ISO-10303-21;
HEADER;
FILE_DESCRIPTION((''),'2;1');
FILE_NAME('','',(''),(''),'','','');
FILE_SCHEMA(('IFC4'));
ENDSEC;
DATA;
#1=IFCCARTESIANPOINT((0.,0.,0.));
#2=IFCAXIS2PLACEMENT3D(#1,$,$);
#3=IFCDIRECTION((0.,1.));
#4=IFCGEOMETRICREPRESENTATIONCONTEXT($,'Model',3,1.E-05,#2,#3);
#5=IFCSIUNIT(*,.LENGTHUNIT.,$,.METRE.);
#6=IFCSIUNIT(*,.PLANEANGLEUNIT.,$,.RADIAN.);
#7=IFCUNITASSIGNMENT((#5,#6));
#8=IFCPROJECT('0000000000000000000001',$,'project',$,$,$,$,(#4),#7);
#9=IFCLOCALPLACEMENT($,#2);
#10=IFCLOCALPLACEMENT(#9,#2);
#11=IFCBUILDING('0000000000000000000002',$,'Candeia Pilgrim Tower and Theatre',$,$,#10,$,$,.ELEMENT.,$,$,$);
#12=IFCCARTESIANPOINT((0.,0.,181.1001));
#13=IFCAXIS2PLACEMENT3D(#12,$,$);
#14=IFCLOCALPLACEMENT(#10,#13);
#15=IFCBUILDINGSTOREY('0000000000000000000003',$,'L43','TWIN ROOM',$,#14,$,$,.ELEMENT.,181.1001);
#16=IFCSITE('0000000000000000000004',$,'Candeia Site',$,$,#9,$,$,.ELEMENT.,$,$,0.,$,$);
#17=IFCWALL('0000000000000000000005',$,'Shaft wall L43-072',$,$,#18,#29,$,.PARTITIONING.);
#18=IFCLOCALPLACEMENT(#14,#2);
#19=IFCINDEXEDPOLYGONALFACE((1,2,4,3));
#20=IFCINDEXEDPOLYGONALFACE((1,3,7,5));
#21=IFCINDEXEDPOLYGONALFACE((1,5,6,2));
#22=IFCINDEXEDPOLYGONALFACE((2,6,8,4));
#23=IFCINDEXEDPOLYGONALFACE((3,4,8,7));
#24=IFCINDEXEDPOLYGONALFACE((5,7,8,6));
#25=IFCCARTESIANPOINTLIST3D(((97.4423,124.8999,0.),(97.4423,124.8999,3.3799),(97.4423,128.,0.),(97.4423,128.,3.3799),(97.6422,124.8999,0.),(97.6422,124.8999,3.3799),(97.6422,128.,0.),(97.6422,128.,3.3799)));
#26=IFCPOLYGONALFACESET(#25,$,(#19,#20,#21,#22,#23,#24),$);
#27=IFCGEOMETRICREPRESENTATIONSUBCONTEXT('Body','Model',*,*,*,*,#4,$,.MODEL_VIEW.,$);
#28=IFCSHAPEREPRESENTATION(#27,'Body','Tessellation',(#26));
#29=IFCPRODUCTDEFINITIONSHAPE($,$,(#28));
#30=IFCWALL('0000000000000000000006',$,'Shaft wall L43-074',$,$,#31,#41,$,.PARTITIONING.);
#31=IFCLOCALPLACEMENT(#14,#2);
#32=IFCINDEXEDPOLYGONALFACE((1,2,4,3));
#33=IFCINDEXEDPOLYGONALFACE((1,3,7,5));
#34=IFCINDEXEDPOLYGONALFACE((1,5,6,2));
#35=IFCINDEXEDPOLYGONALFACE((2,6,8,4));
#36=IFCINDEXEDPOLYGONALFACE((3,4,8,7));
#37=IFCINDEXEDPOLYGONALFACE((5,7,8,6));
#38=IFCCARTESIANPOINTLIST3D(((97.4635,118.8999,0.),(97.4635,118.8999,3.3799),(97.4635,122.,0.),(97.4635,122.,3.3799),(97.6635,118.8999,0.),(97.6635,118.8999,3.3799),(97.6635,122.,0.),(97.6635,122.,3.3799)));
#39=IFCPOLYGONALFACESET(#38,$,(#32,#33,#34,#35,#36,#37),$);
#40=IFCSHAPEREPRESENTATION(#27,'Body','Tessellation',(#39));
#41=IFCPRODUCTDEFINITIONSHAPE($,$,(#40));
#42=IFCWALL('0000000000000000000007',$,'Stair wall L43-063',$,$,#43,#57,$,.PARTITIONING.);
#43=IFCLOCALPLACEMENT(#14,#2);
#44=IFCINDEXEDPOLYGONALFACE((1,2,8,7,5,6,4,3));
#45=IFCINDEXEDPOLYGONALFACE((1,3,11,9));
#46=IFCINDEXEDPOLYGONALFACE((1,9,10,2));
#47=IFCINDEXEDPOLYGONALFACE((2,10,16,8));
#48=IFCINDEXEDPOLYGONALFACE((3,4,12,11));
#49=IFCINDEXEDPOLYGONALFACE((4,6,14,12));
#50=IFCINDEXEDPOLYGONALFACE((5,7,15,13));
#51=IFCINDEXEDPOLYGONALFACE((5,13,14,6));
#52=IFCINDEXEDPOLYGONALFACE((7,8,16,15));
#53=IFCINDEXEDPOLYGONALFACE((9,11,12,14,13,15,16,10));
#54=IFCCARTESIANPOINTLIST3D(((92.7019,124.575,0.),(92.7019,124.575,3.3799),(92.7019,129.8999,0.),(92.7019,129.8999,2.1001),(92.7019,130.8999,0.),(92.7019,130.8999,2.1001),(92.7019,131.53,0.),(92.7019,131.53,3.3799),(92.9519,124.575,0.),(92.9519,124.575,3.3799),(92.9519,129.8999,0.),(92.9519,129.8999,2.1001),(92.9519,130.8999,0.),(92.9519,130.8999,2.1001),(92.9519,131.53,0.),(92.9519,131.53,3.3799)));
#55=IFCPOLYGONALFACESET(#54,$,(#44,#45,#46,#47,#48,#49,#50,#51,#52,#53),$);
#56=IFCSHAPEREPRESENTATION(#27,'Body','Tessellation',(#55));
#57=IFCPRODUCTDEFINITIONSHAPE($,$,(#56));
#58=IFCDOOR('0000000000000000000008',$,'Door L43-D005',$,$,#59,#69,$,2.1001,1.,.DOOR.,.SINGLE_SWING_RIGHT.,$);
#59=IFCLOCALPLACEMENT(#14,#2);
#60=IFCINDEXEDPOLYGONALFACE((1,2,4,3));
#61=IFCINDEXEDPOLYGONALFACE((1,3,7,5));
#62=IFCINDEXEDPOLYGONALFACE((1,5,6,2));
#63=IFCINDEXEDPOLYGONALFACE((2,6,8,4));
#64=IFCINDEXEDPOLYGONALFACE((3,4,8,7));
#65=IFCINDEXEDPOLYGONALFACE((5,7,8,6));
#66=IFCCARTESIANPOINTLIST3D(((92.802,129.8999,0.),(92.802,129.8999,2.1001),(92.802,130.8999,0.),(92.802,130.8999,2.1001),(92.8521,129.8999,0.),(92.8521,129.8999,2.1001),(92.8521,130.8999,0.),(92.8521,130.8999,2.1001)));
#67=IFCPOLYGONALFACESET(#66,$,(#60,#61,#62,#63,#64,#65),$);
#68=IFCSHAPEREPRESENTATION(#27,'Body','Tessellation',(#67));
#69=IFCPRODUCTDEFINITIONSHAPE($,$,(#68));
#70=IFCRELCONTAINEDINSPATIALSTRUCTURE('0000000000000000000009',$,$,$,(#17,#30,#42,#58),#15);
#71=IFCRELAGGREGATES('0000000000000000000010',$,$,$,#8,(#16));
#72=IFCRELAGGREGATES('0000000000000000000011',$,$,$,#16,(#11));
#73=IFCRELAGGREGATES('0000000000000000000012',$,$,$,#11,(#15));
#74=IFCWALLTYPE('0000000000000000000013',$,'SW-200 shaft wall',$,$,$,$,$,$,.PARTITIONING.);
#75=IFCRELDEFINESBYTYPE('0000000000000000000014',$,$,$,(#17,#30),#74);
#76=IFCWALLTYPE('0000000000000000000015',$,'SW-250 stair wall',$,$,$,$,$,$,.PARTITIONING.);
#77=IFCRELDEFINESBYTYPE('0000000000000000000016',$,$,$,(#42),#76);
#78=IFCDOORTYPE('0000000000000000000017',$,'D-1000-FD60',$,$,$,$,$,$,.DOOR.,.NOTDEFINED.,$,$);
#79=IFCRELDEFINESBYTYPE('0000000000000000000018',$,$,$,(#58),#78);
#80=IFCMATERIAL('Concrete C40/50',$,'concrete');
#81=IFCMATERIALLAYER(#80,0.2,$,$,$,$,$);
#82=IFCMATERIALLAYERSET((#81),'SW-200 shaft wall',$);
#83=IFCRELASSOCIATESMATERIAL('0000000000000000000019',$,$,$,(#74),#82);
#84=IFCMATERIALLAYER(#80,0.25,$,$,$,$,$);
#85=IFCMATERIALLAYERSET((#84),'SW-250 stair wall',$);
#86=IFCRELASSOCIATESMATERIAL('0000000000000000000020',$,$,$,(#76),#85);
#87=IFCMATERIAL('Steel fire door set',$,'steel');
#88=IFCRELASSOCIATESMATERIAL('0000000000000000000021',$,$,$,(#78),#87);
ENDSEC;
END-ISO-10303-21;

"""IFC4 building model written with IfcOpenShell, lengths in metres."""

from ifc_helpers import new_model, si_unit, direction, frame, frame_2d, origin, place, context, subcontext, project, spatial, rectangle, extrude, material, layer, layer_set, type_object, element, fill, save


model = new_model("IFC4")

# Units and contexts
model_context = context("Model", 3, precision=1e-05, world=origin(), true_north=direction((0.0, 1.0)))
body_context = subcontext(model_context, "Body", "Model", "MODEL_VIEW")
ifc_project = project(units=[si_unit("LENGTHUNIT", "METRE"), si_unit("PLANEANGLEUNIT", "RADIAN")], contexts=[model_context])

# Site, building, storey
site_placement = place(None, origin())
site = spatial("IfcSite", under=ifc_project, at=site_placement, Name="Candeia Site", CompositionType="ELEMENT", RefElevation=0.0)
building_placement = place(site_placement, origin())
building = spatial("IfcBuilding", under=site, at=building_placement, Name="Candeia Pilgrim Tower and Theatre", CompositionType="ELEMENT")
storey_placement = place(building_placement, frame((0.0, 0.0, 181.1001)))
storey = spatial("IfcBuildingStorey", under=building, at=storey_placement, Name="L43", Description="TWIN ROOM", CompositionType="ELEMENT", Elevation=181.1001)

# Shared definitions
ifc_material_1 = material(Name="Steel fire door set", Category="steel")

# Shared definitions
ifc_material_2 = material(Name="Concrete C40/50", Category="concrete")
ifc_layer_1 = layer(ifc_material_2, 0.2)
ifc_layer_set_1 = layer_set([ifc_layer_1], Name="SW-200 shaft wall")
wall_type_1 = type_object("IfcWallType", Name="SW-200 shaft wall", PredefinedType="PARTITIONING", material=ifc_layer_set_1)

# Walls
for number, where, z_axis, x_axis, name in (
    (1, (97.5422, 124.8999, 0.0), (0.0, 0.0, 1.0), (0.0, 1.0, 0.0), "Shaft wall L43-072"),
    (2, (97.5635, 118.8999, 0.0), (0.0, 0.0, 1.0), (0.0, 1.0, 0.0), "Shaft wall L43-074"),
):
    element("IfcWall", number, at=place(storey_placement, frame(where, z_axis=z_axis, x_axis=x_axis)), inside=storey, type_object=wall_type_1, Name=name, PredefinedType="PARTITIONING", context=body_context, shape_type="SweptSolid", body=[
        extrude(rectangle(XDim=3.1001, YDim=0.2, at=frame_2d((1.55, 0.0))), origin(), (0.0, 0.0, 1.0), 3.3799),
    ])

# Wall, opening, door
ifc_layer_2 = layer(ifc_material_2, 0.25)
ifc_layer_set_2 = layer_set([ifc_layer_2], Name="SW-250 stair wall")
wall_type_2 = type_object("IfcWallType", Name="SW-250 stair wall", PredefinedType="PARTITIONING", material=ifc_layer_set_2)
wall_1_placement = place(storey_placement, frame((92.8269, 124.575, 0.0), z_axis=(0.0, 0.0, 1.0), x_axis=(0.0, 1.0, 0.0)))
wall_1 = element("IfcWall", 3, at=wall_1_placement, inside=storey, type_object=wall_type_2, Name="Stair wall L43-063", PredefinedType="PARTITIONING", context=body_context, shape_type="SweptSolid", body=[
    extrude(rectangle(XDim=6.9551, YDim=0.25, at=frame_2d((3.4775, 0.0))), origin(), (0.0, 0.0, 1.0), 3.3799),
])
opening_1_placement = place(wall_1_placement, frame((5.325, 0.0, 0.0)))
opening_1 = element("IfcOpeningElement", 4, at=opening_1_placement, cuts=wall_1, PredefinedType="OPENING", context=body_context, shape_type="SweptSolid", body=[
    extrude(rectangle(XDim=1.0, YDim=2.1001, at=frame_2d((0.5, 1.05))), frame((0.0, 0.135, 0.0), z_axis=(0.0, -1.0, 0.0), x_axis=(1.0, 0.0, 0.0)), (0.0, 0.0, 1.0), 0.27),
])
door_type_1 = type_object("IfcDoorType", Name="D-1000-FD60", OperationType="NOTDEFINED", PredefinedType="DOOR", material=ifc_material_1)
door_1_placement = place(opening_1_placement, origin())
door_1 = element("IfcDoor", 5, at=door_1_placement, inside=storey, type_object=door_type_1, Name="Door L43-D005", OperationType="SINGLE_SWING_RIGHT", OverallHeight=2.1001, OverallWidth=1.0, PredefinedType="DOOR", context=body_context, shape_type="SweptSolid", body=[
    extrude(rectangle(XDim=1.0, YDim=2.1001, at=frame_2d((0.5, 1.05))), frame((0.0, 0.0249, 0.0), z_axis=(0.0, -1.0, 0.0), x_axis=(1.0, 0.0, 0.0)), (0.0, 0.0, 1.0), 0.05),
])
fill(opening_1, door_1)

save(model, "model.ifc")
